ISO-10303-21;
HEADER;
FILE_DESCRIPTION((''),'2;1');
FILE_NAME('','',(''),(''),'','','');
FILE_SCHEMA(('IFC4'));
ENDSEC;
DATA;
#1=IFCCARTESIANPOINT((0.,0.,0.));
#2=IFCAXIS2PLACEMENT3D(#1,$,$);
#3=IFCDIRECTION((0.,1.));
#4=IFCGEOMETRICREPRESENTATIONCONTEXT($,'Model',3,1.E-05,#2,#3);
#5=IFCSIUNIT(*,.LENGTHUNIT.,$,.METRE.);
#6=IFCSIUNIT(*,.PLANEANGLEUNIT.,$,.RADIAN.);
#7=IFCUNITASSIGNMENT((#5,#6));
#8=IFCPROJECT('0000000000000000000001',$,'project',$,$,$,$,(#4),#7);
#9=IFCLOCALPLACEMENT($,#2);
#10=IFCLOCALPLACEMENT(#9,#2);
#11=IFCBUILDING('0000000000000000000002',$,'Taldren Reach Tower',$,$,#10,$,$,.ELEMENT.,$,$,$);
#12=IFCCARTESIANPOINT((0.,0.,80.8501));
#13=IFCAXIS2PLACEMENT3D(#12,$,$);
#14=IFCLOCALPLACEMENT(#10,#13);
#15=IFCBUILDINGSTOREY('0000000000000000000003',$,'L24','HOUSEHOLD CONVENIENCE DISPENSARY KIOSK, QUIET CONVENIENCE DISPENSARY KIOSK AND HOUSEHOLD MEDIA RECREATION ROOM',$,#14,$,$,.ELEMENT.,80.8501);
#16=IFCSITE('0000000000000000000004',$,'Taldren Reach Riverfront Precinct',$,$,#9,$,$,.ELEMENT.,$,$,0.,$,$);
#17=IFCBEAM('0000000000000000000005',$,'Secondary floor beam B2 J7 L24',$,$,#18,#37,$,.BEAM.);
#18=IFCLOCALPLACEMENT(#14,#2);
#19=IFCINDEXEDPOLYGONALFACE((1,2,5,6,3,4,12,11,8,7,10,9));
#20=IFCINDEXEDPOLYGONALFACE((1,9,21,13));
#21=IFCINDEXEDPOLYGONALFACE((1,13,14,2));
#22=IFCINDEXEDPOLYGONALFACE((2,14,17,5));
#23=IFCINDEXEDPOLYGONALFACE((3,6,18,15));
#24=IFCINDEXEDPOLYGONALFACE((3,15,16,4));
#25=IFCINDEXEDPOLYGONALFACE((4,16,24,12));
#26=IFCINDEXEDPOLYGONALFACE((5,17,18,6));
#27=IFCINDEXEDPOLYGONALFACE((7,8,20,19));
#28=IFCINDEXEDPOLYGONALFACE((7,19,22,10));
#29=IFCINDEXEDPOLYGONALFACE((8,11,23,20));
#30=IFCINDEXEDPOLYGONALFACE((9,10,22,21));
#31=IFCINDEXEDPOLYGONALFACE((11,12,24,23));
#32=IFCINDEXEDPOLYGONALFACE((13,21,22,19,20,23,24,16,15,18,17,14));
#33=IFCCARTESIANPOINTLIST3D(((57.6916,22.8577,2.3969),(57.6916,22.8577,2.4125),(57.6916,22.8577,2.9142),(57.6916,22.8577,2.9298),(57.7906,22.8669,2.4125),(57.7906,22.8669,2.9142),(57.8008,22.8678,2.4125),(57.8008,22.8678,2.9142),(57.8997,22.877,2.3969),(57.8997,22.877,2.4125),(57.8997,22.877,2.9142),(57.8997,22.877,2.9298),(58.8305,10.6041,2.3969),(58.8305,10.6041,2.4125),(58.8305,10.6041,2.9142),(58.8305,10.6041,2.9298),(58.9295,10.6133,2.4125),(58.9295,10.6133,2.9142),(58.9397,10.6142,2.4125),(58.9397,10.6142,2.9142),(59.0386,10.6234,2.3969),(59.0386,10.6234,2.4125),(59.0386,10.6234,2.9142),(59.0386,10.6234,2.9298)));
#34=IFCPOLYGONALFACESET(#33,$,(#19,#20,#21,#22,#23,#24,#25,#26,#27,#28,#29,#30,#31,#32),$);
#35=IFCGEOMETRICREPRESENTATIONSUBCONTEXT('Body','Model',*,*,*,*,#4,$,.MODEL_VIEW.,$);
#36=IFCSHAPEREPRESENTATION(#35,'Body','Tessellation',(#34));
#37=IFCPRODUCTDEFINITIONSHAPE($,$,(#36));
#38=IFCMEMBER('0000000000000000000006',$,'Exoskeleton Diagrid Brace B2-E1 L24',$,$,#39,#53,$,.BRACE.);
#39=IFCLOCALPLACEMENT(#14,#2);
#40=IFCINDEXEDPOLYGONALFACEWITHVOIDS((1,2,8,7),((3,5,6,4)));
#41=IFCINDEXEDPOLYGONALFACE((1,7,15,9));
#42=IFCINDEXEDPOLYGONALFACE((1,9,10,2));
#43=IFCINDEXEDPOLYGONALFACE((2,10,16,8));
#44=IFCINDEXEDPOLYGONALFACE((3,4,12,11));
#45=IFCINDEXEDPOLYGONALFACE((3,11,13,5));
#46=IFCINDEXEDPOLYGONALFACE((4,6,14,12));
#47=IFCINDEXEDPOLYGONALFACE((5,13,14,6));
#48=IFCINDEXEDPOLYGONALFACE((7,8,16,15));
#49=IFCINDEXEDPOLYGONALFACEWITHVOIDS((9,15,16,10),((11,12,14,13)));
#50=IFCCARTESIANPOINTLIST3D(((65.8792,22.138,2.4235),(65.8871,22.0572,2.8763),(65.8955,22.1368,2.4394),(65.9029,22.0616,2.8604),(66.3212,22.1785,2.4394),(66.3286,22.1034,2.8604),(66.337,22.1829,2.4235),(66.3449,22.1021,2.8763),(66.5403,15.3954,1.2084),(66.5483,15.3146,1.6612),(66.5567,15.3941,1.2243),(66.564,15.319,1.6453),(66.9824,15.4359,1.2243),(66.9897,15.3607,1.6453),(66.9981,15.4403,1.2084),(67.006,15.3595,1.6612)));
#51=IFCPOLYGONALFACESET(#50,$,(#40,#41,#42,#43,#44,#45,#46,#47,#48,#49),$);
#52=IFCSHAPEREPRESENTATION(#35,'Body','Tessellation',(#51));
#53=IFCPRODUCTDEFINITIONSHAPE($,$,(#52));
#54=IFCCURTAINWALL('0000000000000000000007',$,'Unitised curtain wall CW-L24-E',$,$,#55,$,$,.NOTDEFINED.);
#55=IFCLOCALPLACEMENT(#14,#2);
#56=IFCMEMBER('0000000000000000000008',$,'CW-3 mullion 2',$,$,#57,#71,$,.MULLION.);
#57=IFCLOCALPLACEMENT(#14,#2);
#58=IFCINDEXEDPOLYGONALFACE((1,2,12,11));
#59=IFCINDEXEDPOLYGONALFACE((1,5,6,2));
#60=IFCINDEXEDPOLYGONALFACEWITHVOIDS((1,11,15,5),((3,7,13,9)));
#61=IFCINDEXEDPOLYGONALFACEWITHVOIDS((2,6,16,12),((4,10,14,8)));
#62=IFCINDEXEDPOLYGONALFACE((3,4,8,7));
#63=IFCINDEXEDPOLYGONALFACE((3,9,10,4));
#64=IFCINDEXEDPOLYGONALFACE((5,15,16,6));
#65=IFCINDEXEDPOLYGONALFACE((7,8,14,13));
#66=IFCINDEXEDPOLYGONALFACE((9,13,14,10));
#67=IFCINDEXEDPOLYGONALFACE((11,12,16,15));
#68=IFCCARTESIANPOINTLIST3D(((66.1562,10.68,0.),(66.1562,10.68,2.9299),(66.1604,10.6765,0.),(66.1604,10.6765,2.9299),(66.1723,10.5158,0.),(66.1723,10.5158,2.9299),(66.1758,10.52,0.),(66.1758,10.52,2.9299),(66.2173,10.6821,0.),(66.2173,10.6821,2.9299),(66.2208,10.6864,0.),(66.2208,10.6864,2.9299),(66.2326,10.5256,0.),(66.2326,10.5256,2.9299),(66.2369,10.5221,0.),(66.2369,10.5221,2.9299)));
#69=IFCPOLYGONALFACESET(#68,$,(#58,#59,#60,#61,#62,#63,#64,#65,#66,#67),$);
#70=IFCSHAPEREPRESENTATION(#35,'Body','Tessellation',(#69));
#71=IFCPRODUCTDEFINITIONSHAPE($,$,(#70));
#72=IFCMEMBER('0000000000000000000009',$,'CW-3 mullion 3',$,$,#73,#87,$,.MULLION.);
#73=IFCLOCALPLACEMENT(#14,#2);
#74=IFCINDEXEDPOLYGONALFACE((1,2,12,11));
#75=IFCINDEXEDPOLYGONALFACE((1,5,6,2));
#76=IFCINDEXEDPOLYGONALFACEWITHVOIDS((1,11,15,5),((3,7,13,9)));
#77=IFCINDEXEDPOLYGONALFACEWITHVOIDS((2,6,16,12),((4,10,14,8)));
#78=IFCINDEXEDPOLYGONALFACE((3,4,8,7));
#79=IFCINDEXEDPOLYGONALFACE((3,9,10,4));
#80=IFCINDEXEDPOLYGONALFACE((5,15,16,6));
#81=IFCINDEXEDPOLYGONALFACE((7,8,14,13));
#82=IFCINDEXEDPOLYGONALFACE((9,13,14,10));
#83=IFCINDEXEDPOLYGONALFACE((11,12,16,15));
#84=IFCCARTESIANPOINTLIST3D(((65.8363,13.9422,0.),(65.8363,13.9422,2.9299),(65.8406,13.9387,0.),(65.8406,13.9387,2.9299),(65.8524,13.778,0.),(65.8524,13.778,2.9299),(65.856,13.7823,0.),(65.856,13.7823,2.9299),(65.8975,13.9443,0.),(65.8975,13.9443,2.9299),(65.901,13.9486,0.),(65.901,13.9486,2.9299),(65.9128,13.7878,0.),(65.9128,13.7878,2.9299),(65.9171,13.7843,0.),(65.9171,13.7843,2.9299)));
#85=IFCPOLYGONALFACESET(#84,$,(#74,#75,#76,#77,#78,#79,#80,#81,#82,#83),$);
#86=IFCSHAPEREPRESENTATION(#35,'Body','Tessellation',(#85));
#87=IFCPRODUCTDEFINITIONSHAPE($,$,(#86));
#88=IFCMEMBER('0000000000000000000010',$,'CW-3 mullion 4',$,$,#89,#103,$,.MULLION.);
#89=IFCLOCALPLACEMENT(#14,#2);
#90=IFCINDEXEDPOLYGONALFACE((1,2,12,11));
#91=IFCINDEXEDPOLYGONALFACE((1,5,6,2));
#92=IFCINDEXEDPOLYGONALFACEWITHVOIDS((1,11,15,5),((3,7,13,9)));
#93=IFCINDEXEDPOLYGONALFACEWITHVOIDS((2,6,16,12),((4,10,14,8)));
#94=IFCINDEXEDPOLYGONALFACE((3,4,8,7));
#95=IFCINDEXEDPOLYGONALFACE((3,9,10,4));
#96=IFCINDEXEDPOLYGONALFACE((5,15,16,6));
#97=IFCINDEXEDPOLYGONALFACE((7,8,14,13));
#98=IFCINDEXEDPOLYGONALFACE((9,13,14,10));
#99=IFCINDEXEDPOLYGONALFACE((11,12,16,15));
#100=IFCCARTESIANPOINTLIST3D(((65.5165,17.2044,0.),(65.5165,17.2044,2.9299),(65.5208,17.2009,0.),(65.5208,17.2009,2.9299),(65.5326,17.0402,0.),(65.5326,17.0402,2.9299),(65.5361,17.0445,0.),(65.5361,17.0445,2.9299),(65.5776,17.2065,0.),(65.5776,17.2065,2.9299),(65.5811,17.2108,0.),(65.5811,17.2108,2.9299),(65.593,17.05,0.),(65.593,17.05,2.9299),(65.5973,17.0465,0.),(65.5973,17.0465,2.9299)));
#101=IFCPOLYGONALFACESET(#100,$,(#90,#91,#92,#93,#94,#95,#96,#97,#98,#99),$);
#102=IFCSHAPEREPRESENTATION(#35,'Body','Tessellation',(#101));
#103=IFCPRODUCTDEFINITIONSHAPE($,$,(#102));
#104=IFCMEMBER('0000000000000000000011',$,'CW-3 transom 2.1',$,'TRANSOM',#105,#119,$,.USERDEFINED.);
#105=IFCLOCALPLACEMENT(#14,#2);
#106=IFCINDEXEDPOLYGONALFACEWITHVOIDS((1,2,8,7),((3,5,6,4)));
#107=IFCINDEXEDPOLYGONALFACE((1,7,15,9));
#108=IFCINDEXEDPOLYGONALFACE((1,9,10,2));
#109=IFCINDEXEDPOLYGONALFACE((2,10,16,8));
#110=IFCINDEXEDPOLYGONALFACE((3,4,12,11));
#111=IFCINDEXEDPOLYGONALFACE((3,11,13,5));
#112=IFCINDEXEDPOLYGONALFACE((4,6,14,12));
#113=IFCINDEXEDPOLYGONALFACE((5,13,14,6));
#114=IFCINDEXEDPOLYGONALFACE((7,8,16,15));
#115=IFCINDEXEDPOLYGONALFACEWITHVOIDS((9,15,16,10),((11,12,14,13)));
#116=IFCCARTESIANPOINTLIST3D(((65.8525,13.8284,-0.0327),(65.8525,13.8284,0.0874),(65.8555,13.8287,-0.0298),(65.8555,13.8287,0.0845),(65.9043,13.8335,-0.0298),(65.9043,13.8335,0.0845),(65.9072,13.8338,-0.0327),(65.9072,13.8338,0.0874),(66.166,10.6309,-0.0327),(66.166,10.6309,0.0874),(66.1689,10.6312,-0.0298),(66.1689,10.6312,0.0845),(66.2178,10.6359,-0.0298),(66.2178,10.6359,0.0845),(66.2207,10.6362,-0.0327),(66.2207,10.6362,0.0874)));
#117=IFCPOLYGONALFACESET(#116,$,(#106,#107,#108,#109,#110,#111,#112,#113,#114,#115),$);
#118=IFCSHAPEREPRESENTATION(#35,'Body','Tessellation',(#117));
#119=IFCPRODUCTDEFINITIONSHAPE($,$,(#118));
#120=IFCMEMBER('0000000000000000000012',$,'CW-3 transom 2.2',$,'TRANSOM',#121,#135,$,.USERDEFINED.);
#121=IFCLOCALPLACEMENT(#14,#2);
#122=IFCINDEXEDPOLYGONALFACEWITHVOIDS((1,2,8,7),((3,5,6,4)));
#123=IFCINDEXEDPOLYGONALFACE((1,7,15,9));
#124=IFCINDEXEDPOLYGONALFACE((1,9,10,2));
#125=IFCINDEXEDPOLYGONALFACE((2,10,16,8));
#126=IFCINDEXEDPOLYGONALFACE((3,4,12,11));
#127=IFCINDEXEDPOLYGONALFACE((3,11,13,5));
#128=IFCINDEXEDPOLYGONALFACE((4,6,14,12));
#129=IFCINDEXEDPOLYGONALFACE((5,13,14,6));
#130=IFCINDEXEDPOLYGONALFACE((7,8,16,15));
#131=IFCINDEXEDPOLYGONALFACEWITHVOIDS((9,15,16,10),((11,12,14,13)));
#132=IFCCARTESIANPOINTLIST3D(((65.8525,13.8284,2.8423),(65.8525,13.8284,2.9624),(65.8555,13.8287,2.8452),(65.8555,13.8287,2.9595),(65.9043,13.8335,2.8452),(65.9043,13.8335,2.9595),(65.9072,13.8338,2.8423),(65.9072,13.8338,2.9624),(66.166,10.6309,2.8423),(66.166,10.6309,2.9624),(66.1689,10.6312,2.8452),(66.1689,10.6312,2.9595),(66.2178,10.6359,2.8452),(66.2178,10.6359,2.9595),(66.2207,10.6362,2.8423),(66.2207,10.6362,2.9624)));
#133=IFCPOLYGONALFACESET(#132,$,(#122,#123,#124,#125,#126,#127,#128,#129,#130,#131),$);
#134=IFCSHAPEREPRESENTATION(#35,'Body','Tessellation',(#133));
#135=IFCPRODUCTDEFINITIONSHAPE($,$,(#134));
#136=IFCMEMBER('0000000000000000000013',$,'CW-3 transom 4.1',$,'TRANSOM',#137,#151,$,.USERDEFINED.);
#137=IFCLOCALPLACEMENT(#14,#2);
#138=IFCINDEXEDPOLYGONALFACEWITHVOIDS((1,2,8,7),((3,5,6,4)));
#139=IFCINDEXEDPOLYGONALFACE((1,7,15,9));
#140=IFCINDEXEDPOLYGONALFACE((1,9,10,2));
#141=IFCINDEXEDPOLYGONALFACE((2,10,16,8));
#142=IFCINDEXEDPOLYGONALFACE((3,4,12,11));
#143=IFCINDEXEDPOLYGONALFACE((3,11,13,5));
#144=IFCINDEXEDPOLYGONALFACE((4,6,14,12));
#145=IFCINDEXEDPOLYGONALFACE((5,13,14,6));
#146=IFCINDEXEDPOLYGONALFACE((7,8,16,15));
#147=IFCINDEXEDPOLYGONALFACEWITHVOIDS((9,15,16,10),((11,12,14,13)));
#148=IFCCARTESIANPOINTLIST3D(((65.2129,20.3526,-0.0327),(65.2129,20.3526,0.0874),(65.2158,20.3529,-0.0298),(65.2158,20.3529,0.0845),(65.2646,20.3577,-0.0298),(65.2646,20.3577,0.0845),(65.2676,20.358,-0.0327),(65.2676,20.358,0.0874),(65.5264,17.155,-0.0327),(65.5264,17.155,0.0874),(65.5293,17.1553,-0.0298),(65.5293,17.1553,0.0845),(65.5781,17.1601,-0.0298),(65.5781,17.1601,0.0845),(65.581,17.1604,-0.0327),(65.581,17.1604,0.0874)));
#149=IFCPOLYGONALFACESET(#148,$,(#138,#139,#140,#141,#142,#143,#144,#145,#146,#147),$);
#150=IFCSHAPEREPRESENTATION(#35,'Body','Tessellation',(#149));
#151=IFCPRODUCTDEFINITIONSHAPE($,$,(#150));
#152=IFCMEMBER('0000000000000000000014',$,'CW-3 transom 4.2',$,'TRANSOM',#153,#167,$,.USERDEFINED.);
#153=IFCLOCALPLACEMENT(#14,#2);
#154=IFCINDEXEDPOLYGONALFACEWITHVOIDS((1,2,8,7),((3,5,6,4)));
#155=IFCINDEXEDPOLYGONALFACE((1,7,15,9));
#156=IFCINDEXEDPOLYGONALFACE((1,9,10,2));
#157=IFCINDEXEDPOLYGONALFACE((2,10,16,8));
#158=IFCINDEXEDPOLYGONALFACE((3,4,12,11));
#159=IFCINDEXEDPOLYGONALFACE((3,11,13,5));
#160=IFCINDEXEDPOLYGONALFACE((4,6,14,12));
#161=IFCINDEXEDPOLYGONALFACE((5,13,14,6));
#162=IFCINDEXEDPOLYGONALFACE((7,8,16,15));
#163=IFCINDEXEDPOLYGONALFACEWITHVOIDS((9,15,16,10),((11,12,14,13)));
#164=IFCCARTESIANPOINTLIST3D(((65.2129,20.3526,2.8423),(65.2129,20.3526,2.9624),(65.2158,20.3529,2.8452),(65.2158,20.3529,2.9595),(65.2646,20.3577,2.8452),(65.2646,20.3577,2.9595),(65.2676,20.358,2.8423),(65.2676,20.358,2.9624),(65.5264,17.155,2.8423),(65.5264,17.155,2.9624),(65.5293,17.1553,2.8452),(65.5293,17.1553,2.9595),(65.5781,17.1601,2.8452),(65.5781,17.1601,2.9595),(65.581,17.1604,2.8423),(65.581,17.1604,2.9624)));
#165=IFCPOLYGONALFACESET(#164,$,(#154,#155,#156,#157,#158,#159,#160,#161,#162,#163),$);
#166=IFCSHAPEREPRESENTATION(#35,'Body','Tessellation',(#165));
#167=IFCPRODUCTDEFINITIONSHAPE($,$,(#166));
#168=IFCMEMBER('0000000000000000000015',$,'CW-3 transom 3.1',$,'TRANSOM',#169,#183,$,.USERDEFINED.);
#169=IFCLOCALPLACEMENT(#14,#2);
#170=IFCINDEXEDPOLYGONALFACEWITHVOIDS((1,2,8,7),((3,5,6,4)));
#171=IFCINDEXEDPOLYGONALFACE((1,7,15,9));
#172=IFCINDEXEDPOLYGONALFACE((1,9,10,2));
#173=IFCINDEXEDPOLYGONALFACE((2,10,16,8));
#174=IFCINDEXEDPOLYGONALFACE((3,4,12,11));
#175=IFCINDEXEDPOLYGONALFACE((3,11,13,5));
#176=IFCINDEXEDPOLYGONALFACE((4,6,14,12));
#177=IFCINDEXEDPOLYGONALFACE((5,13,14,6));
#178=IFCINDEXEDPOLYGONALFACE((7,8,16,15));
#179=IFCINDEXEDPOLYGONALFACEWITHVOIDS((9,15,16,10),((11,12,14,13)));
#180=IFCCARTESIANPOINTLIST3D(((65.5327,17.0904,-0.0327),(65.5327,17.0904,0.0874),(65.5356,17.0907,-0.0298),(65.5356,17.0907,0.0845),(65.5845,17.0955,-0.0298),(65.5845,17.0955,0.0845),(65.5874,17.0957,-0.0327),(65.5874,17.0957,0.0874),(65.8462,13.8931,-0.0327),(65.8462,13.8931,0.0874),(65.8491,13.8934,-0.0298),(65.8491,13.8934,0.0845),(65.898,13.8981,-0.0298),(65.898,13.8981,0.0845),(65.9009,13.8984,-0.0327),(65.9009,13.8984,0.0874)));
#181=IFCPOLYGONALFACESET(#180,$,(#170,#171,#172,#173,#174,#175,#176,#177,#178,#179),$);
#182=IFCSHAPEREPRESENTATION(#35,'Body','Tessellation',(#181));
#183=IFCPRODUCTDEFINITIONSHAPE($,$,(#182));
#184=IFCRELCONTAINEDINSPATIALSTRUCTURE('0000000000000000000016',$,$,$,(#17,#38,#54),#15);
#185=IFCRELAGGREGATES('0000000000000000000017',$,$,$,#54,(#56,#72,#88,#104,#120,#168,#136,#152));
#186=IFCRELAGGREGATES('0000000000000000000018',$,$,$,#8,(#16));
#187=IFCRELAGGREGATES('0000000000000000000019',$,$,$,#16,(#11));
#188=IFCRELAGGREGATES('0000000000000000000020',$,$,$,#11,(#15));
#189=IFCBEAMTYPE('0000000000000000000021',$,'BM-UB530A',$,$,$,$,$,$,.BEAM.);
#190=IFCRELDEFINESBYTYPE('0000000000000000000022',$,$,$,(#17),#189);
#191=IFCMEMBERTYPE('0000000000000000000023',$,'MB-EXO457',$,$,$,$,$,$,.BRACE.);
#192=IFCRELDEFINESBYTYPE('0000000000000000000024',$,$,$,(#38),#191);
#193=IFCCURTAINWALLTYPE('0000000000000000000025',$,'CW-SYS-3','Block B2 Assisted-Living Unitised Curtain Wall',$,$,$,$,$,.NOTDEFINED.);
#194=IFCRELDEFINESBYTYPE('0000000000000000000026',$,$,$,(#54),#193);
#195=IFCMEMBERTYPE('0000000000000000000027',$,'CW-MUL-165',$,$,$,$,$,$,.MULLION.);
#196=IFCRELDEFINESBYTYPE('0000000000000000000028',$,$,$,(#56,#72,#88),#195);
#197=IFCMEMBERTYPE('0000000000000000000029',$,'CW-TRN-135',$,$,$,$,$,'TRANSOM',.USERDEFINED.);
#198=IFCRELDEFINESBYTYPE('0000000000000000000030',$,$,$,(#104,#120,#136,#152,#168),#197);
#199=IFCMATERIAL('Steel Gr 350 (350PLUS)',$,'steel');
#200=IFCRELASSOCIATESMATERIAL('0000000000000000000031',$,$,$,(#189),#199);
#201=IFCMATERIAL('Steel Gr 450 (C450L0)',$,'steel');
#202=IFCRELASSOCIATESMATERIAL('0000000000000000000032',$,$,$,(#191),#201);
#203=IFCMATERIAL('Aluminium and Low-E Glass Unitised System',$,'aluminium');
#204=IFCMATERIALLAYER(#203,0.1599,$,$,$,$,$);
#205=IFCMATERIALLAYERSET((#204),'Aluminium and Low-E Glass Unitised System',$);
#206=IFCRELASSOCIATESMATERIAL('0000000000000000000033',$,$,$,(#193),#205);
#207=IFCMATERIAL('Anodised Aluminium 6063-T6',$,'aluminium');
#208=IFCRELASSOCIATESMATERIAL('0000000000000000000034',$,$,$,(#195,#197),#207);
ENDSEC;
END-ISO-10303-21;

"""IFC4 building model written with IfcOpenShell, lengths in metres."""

from ifc_helpers import new_model, si_unit, direction, frame, origin, origin_2d, place, context, subcontext, project, spatial, hollow_rectangle, i_section, extrude, source, transform, mapped, material, layer, layer_set, material_profile, profile_set, type_object, element, aggregate, save


model = new_model("IFC4")

# Units and contexts
model_context = context("Model", 3, precision=1e-05, world=origin(), true_north=direction((0.0, 1.0)))
body_context = subcontext(model_context, "Body", "Model", "MODEL_VIEW")
ifc_project = project(units=[si_unit("LENGTHUNIT", "METRE"), si_unit("PLANEANGLEUNIT", "RADIAN")], contexts=[model_context])

# Site, building, storey
site_placement = place(None, origin())
site = spatial("IfcSite", under=ifc_project, at=site_placement, Name="Taldren Reach Riverfront Precinct", CompositionType="ELEMENT", RefElevation=0.0)
building_placement = place(site_placement, origin())
building = spatial("IfcBuilding", under=site, at=building_placement, Name="Taldren Reach Tower", CompositionType="ELEMENT")
storey_placement = place(building_placement, frame((0.0, 0.0, 80.8501)))
storey = spatial("IfcBuildingStorey", under=building, at=storey_placement, Name="L24", Description="HOUSEHOLD CONVENIENCE DISPENSARY KIOSK, QUIET CONVENIENCE DISPENSARY KIOSK AND HOUSEHOLD MEDIA RECREATION ROOM", CompositionType="ELEMENT", Elevation=80.8501)

# Beam
ifc_material_1 = material(Name="Steel Gr 350 (350PLUS)", Category="steel")
ifc_material_profile_1 = material_profile(ifc_material_1, i_section(OverallWidth=0.209, OverallDepth=0.533, WebThickness=0.0103, FlangeThickness=0.0156, at=origin_2d()), Name="530UB92.4")
ifc_profile_set_1 = profile_set([ifc_material_profile_1], Name="Steel Gr 350 (350PLUS)")
beam_type = type_object("IfcBeamType", Name="BM-UB530A", PredefinedType="BEAM", material=ifc_profile_set_1)
shared_shape_1 = source(origin(), body_context, "Body", "SweptSolid", [
    extrude(i_section(OverallWidth=0.209, OverallDepth=0.533, WebThickness=0.0103, FlangeThickness=0.0156, at=origin_2d()), origin(), (0.0, 0.0, 1.0), 12.3064),
])
beam_placement = place(storey_placement, frame((58.9346, 10.6138, 2.6633), z_axis=(-0.092546, 0.995708, 0.0), x_axis=(-0.995708, -0.092546, 0.0)))
element("IfcBeam", 1, at=beam_placement, inside=storey, type_object=beam_type, Name="Secondary floor beam B2 J7 L24", PredefinedType="BEAM", context=body_context, shape_type="MappedRepresentation", body=[
    mapped(shared_shape_1, transform((0.0, 0.0, 0.0), scale=1.0)),
])

# Member
ifc_material_2 = material(Name="Steel Gr 450 (C450L0)", Category="steel")
ifc_material_profile_2 = material_profile(ifc_material_2, hollow_rectangle(XDim=0.46, YDim=0.46, WallThickness=0.0161, at=origin_2d()), Name="460x460x16.0SHS")
ifc_profile_set_2 = profile_set([ifc_material_profile_2], Name="Steel Gr 450 (C450L0)")
member_type_1 = type_object("IfcMemberType", Name="MB-EXO457", PredefinedType="BRACE", material=ifc_profile_set_2)
shared_shape_2 = source(origin(), body_context, "Body", "SweptSolid", [
    extrude(hollow_rectangle(XDim=0.46, YDim=0.46, WallThickness=0.0161, at=origin_2d()), origin(), (0.0, 0.0, 1.0), 6.8831),
])
member_1_placement = place(storey_placement, frame((66.7732, 15.3774, 1.4348), z_axis=(-0.096051, 0.979597, 0.176532), x_axis=(-0.995227, -0.097584, 0.0)))
element("IfcMember", 2, at=member_1_placement, inside=storey, type_object=member_type_1, Name="Exoskeleton Diagrid Brace B2-E1 L24", PredefinedType="BRACE", context=body_context, shape_type="MappedRepresentation", body=[
    mapped(shared_shape_2, transform((0.0, 0.0, 0.0), scale=1.0)),
])

# Curtain wall, members
ifc_material_3 = material(Name="Aluminium and Low-E Glass Unitised System", Category="aluminium")
ifc_layer_1 = layer(ifc_material_3, 0.1599)
ifc_layer_set_1 = layer_set([ifc_layer_1], Name="Aluminium and Low-E Glass Unitised System")
curtain_wall_type = type_object("IfcCurtainWallType", Name="CW-SYS-3", Description="Block B2 Assisted-Living Unitised Curtain Wall", PredefinedType="NOTDEFINED", material=ifc_layer_set_1)
curtain_wall_placement = place(storey_placement, origin())
curtain_wall = element("IfcCurtainWall", 3, at=curtain_wall_placement, inside=storey, type_object=curtain_wall_type, Name="Unitised curtain wall CW-L24-E", PredefinedType="NOTDEFINED")
ifc_material_4 = material(Name="Anodised Aluminium 6063-T6", Category="aluminium")
ifc_material_profile_3 = material_profile(ifc_material_4, hollow_rectangle(XDim=0.0649, YDim=0.165, WallThickness=0.0039, at=origin_2d()), Name="ALU-165x65x4RHS")
ifc_profile_set_3 = profile_set([ifc_material_profile_3], Name="Anodised Aluminium 6063-T6")
member_type_2 = type_object("IfcMemberType", Name="CW-MUL-165", PredefinedType="MULLION", material=ifc_profile_set_3)
shared_shape_3 = source(origin(), body_context, "Body", "SweptSolid", [
    extrude(hollow_rectangle(XDim=0.0649, YDim=0.165, WallThickness=0.0039, at=origin_2d()), origin(), (0.0, 0.0, 1.0), 2.9299),
])
member_2_placement = place(storey_placement, frame((66.1965, 10.6011, 0.0), z_axis=(0.0, 0.0, 1.0), x_axis=(-0.995227, -0.097583, 0.0)))
member_2 = element("IfcMember", 4, at=member_2_placement, type_object=member_type_2, Name="CW-3 mullion 2", PredefinedType="MULLION", context=body_context, shape_type="MappedRepresentation", body=[
    mapped(shared_shape_3, transform((0.0, 0.0, 0.0), scale=1.0)),
])
member_3_placement = place(storey_placement, frame((65.8767, 13.8633, 0.0), z_axis=(0.0, 0.0, 1.0), x_axis=(-0.995227, -0.097583, 0.0)))
member_3 = element("IfcMember", 5, at=member_3_placement, type_object=member_type_2, Name="CW-3 mullion 3", PredefinedType="MULLION", context=body_context, shape_type="MappedRepresentation", body=[
    mapped(shared_shape_3, transform((0.0, 0.0, 0.0), scale=1.0)),
])
member_4_placement = place(storey_placement, frame((65.5569, 17.1255, 0.0), z_axis=(0.0, 0.0, 1.0), x_axis=(-0.995227, -0.097583, 0.0)))
member_4 = element("IfcMember", 6, at=member_4_placement, type_object=member_type_2, Name="CW-3 mullion 4", PredefinedType="MULLION", context=body_context, shape_type="MappedRepresentation", body=[
    mapped(shared_shape_3, transform((0.0, 0.0, 0.0), scale=1.0)),
])
ifc_material_profile_4 = material_profile(ifc_material_4, hollow_rectangle(XDim=0.0549, YDim=0.1201, WallThickness=0.0029, at=origin_2d()), Name="ALU-120x55x3RHS")
ifc_profile_set_4 = profile_set([ifc_material_profile_4], Name="Anodised Aluminium 6063-T6")
member_type_3 = type_object("IfcMemberType", Name="CW-TRN-135", ElementType="TRANSOM", PredefinedType="USERDEFINED", material=ifc_profile_set_4)
shared_shape_4 = source(origin(), body_context, "Body", "SweptSolid", [
    extrude(hollow_rectangle(XDim=0.0549, YDim=0.1201, WallThickness=0.0029, at=origin_2d()), origin(), (0.0, 0.0, 1.0), 3.2129),
])
member_5_placement = place(storey_placement, frame((66.1934, 10.6335, 0.0273), z_axis=(-0.09757, 0.995229, 0.0), x_axis=(-0.995229, -0.09757, 0.0)))
member_5 = element("IfcMember", 7, at=member_5_placement, type_object=member_type_3, Name="CW-3 transom 2.1", ObjectType="TRANSOM", PredefinedType="USERDEFINED", context=body_context, shape_type="MappedRepresentation", body=[
    mapped(shared_shape_4, transform((0.0, 0.0, 0.0), scale=1.0)),
])
member_6_placement = place(storey_placement, frame((66.1934, 10.6335, 2.9023), z_axis=(-0.09757, 0.995229, 0.0), x_axis=(-0.995229, -0.09757, 0.0)))
member_6 = element("IfcMember", 8, at=member_6_placement, type_object=member_type_3, Name="CW-3 transom 2.2", ObjectType="TRANSOM", PredefinedType="USERDEFINED", context=body_context, shape_type="MappedRepresentation", body=[
    mapped(shared_shape_4, transform((0.0, 0.0, 0.0), scale=1.0)),
])
member_7_placement = place(storey_placement, frame((65.5537, 17.1577, 0.0273), z_axis=(-0.09757, 0.995229, 0.0), x_axis=(-0.995229, -0.09757, 0.0)))
member_7 = element("IfcMember", 9, at=member_7_placement, type_object=member_type_3, Name="CW-3 transom 4.1", ObjectType="TRANSOM", PredefinedType="USERDEFINED", context=body_context, shape_type="MappedRepresentation", body=[
    mapped(shared_shape_4, transform((0.0, 0.0, 0.0), scale=1.0)),
])
member_8_placement = place(storey_placement, frame((65.5537, 17.1577, 2.9023), z_axis=(-0.09757, 0.995229, 0.0), x_axis=(-0.995229, -0.09757, 0.0)))
member_8 = element("IfcMember", 10, at=member_8_placement, type_object=member_type_3, Name="CW-3 transom 4.2", ObjectType="TRANSOM", PredefinedType="USERDEFINED", context=body_context, shape_type="MappedRepresentation", body=[
    mapped(shared_shape_4, transform((0.0, 0.0, 0.0), scale=1.0)),
])
shared_shape_5 = source(origin(), body_context, "Body", "SweptSolid", [
    extrude(hollow_rectangle(XDim=0.0549, YDim=0.1201, WallThickness=0.0029, at=origin_2d()), origin(), (0.0, 0.0, 1.0), 3.2126),
])
member_9_placement = place(storey_placement, frame((65.8735, 13.8958, 0.0273), z_axis=(-0.097577, 0.995228, 0.0), x_axis=(-0.995228, -0.097577, 0.0)))
member_9 = element("IfcMember", 11, at=member_9_placement, type_object=member_type_3, Name="CW-3 transom 3.1", ObjectType="TRANSOM", PredefinedType="USERDEFINED", context=body_context, shape_type="MappedRepresentation", body=[
    mapped(shared_shape_5, transform((0.0, 0.0, 0.0), scale=1.0)),
])
aggregate(curtain_wall, [member_2, member_3, member_4, member_5, member_6, member_9, member_7, member_8])

save(model, "model.ifc")
